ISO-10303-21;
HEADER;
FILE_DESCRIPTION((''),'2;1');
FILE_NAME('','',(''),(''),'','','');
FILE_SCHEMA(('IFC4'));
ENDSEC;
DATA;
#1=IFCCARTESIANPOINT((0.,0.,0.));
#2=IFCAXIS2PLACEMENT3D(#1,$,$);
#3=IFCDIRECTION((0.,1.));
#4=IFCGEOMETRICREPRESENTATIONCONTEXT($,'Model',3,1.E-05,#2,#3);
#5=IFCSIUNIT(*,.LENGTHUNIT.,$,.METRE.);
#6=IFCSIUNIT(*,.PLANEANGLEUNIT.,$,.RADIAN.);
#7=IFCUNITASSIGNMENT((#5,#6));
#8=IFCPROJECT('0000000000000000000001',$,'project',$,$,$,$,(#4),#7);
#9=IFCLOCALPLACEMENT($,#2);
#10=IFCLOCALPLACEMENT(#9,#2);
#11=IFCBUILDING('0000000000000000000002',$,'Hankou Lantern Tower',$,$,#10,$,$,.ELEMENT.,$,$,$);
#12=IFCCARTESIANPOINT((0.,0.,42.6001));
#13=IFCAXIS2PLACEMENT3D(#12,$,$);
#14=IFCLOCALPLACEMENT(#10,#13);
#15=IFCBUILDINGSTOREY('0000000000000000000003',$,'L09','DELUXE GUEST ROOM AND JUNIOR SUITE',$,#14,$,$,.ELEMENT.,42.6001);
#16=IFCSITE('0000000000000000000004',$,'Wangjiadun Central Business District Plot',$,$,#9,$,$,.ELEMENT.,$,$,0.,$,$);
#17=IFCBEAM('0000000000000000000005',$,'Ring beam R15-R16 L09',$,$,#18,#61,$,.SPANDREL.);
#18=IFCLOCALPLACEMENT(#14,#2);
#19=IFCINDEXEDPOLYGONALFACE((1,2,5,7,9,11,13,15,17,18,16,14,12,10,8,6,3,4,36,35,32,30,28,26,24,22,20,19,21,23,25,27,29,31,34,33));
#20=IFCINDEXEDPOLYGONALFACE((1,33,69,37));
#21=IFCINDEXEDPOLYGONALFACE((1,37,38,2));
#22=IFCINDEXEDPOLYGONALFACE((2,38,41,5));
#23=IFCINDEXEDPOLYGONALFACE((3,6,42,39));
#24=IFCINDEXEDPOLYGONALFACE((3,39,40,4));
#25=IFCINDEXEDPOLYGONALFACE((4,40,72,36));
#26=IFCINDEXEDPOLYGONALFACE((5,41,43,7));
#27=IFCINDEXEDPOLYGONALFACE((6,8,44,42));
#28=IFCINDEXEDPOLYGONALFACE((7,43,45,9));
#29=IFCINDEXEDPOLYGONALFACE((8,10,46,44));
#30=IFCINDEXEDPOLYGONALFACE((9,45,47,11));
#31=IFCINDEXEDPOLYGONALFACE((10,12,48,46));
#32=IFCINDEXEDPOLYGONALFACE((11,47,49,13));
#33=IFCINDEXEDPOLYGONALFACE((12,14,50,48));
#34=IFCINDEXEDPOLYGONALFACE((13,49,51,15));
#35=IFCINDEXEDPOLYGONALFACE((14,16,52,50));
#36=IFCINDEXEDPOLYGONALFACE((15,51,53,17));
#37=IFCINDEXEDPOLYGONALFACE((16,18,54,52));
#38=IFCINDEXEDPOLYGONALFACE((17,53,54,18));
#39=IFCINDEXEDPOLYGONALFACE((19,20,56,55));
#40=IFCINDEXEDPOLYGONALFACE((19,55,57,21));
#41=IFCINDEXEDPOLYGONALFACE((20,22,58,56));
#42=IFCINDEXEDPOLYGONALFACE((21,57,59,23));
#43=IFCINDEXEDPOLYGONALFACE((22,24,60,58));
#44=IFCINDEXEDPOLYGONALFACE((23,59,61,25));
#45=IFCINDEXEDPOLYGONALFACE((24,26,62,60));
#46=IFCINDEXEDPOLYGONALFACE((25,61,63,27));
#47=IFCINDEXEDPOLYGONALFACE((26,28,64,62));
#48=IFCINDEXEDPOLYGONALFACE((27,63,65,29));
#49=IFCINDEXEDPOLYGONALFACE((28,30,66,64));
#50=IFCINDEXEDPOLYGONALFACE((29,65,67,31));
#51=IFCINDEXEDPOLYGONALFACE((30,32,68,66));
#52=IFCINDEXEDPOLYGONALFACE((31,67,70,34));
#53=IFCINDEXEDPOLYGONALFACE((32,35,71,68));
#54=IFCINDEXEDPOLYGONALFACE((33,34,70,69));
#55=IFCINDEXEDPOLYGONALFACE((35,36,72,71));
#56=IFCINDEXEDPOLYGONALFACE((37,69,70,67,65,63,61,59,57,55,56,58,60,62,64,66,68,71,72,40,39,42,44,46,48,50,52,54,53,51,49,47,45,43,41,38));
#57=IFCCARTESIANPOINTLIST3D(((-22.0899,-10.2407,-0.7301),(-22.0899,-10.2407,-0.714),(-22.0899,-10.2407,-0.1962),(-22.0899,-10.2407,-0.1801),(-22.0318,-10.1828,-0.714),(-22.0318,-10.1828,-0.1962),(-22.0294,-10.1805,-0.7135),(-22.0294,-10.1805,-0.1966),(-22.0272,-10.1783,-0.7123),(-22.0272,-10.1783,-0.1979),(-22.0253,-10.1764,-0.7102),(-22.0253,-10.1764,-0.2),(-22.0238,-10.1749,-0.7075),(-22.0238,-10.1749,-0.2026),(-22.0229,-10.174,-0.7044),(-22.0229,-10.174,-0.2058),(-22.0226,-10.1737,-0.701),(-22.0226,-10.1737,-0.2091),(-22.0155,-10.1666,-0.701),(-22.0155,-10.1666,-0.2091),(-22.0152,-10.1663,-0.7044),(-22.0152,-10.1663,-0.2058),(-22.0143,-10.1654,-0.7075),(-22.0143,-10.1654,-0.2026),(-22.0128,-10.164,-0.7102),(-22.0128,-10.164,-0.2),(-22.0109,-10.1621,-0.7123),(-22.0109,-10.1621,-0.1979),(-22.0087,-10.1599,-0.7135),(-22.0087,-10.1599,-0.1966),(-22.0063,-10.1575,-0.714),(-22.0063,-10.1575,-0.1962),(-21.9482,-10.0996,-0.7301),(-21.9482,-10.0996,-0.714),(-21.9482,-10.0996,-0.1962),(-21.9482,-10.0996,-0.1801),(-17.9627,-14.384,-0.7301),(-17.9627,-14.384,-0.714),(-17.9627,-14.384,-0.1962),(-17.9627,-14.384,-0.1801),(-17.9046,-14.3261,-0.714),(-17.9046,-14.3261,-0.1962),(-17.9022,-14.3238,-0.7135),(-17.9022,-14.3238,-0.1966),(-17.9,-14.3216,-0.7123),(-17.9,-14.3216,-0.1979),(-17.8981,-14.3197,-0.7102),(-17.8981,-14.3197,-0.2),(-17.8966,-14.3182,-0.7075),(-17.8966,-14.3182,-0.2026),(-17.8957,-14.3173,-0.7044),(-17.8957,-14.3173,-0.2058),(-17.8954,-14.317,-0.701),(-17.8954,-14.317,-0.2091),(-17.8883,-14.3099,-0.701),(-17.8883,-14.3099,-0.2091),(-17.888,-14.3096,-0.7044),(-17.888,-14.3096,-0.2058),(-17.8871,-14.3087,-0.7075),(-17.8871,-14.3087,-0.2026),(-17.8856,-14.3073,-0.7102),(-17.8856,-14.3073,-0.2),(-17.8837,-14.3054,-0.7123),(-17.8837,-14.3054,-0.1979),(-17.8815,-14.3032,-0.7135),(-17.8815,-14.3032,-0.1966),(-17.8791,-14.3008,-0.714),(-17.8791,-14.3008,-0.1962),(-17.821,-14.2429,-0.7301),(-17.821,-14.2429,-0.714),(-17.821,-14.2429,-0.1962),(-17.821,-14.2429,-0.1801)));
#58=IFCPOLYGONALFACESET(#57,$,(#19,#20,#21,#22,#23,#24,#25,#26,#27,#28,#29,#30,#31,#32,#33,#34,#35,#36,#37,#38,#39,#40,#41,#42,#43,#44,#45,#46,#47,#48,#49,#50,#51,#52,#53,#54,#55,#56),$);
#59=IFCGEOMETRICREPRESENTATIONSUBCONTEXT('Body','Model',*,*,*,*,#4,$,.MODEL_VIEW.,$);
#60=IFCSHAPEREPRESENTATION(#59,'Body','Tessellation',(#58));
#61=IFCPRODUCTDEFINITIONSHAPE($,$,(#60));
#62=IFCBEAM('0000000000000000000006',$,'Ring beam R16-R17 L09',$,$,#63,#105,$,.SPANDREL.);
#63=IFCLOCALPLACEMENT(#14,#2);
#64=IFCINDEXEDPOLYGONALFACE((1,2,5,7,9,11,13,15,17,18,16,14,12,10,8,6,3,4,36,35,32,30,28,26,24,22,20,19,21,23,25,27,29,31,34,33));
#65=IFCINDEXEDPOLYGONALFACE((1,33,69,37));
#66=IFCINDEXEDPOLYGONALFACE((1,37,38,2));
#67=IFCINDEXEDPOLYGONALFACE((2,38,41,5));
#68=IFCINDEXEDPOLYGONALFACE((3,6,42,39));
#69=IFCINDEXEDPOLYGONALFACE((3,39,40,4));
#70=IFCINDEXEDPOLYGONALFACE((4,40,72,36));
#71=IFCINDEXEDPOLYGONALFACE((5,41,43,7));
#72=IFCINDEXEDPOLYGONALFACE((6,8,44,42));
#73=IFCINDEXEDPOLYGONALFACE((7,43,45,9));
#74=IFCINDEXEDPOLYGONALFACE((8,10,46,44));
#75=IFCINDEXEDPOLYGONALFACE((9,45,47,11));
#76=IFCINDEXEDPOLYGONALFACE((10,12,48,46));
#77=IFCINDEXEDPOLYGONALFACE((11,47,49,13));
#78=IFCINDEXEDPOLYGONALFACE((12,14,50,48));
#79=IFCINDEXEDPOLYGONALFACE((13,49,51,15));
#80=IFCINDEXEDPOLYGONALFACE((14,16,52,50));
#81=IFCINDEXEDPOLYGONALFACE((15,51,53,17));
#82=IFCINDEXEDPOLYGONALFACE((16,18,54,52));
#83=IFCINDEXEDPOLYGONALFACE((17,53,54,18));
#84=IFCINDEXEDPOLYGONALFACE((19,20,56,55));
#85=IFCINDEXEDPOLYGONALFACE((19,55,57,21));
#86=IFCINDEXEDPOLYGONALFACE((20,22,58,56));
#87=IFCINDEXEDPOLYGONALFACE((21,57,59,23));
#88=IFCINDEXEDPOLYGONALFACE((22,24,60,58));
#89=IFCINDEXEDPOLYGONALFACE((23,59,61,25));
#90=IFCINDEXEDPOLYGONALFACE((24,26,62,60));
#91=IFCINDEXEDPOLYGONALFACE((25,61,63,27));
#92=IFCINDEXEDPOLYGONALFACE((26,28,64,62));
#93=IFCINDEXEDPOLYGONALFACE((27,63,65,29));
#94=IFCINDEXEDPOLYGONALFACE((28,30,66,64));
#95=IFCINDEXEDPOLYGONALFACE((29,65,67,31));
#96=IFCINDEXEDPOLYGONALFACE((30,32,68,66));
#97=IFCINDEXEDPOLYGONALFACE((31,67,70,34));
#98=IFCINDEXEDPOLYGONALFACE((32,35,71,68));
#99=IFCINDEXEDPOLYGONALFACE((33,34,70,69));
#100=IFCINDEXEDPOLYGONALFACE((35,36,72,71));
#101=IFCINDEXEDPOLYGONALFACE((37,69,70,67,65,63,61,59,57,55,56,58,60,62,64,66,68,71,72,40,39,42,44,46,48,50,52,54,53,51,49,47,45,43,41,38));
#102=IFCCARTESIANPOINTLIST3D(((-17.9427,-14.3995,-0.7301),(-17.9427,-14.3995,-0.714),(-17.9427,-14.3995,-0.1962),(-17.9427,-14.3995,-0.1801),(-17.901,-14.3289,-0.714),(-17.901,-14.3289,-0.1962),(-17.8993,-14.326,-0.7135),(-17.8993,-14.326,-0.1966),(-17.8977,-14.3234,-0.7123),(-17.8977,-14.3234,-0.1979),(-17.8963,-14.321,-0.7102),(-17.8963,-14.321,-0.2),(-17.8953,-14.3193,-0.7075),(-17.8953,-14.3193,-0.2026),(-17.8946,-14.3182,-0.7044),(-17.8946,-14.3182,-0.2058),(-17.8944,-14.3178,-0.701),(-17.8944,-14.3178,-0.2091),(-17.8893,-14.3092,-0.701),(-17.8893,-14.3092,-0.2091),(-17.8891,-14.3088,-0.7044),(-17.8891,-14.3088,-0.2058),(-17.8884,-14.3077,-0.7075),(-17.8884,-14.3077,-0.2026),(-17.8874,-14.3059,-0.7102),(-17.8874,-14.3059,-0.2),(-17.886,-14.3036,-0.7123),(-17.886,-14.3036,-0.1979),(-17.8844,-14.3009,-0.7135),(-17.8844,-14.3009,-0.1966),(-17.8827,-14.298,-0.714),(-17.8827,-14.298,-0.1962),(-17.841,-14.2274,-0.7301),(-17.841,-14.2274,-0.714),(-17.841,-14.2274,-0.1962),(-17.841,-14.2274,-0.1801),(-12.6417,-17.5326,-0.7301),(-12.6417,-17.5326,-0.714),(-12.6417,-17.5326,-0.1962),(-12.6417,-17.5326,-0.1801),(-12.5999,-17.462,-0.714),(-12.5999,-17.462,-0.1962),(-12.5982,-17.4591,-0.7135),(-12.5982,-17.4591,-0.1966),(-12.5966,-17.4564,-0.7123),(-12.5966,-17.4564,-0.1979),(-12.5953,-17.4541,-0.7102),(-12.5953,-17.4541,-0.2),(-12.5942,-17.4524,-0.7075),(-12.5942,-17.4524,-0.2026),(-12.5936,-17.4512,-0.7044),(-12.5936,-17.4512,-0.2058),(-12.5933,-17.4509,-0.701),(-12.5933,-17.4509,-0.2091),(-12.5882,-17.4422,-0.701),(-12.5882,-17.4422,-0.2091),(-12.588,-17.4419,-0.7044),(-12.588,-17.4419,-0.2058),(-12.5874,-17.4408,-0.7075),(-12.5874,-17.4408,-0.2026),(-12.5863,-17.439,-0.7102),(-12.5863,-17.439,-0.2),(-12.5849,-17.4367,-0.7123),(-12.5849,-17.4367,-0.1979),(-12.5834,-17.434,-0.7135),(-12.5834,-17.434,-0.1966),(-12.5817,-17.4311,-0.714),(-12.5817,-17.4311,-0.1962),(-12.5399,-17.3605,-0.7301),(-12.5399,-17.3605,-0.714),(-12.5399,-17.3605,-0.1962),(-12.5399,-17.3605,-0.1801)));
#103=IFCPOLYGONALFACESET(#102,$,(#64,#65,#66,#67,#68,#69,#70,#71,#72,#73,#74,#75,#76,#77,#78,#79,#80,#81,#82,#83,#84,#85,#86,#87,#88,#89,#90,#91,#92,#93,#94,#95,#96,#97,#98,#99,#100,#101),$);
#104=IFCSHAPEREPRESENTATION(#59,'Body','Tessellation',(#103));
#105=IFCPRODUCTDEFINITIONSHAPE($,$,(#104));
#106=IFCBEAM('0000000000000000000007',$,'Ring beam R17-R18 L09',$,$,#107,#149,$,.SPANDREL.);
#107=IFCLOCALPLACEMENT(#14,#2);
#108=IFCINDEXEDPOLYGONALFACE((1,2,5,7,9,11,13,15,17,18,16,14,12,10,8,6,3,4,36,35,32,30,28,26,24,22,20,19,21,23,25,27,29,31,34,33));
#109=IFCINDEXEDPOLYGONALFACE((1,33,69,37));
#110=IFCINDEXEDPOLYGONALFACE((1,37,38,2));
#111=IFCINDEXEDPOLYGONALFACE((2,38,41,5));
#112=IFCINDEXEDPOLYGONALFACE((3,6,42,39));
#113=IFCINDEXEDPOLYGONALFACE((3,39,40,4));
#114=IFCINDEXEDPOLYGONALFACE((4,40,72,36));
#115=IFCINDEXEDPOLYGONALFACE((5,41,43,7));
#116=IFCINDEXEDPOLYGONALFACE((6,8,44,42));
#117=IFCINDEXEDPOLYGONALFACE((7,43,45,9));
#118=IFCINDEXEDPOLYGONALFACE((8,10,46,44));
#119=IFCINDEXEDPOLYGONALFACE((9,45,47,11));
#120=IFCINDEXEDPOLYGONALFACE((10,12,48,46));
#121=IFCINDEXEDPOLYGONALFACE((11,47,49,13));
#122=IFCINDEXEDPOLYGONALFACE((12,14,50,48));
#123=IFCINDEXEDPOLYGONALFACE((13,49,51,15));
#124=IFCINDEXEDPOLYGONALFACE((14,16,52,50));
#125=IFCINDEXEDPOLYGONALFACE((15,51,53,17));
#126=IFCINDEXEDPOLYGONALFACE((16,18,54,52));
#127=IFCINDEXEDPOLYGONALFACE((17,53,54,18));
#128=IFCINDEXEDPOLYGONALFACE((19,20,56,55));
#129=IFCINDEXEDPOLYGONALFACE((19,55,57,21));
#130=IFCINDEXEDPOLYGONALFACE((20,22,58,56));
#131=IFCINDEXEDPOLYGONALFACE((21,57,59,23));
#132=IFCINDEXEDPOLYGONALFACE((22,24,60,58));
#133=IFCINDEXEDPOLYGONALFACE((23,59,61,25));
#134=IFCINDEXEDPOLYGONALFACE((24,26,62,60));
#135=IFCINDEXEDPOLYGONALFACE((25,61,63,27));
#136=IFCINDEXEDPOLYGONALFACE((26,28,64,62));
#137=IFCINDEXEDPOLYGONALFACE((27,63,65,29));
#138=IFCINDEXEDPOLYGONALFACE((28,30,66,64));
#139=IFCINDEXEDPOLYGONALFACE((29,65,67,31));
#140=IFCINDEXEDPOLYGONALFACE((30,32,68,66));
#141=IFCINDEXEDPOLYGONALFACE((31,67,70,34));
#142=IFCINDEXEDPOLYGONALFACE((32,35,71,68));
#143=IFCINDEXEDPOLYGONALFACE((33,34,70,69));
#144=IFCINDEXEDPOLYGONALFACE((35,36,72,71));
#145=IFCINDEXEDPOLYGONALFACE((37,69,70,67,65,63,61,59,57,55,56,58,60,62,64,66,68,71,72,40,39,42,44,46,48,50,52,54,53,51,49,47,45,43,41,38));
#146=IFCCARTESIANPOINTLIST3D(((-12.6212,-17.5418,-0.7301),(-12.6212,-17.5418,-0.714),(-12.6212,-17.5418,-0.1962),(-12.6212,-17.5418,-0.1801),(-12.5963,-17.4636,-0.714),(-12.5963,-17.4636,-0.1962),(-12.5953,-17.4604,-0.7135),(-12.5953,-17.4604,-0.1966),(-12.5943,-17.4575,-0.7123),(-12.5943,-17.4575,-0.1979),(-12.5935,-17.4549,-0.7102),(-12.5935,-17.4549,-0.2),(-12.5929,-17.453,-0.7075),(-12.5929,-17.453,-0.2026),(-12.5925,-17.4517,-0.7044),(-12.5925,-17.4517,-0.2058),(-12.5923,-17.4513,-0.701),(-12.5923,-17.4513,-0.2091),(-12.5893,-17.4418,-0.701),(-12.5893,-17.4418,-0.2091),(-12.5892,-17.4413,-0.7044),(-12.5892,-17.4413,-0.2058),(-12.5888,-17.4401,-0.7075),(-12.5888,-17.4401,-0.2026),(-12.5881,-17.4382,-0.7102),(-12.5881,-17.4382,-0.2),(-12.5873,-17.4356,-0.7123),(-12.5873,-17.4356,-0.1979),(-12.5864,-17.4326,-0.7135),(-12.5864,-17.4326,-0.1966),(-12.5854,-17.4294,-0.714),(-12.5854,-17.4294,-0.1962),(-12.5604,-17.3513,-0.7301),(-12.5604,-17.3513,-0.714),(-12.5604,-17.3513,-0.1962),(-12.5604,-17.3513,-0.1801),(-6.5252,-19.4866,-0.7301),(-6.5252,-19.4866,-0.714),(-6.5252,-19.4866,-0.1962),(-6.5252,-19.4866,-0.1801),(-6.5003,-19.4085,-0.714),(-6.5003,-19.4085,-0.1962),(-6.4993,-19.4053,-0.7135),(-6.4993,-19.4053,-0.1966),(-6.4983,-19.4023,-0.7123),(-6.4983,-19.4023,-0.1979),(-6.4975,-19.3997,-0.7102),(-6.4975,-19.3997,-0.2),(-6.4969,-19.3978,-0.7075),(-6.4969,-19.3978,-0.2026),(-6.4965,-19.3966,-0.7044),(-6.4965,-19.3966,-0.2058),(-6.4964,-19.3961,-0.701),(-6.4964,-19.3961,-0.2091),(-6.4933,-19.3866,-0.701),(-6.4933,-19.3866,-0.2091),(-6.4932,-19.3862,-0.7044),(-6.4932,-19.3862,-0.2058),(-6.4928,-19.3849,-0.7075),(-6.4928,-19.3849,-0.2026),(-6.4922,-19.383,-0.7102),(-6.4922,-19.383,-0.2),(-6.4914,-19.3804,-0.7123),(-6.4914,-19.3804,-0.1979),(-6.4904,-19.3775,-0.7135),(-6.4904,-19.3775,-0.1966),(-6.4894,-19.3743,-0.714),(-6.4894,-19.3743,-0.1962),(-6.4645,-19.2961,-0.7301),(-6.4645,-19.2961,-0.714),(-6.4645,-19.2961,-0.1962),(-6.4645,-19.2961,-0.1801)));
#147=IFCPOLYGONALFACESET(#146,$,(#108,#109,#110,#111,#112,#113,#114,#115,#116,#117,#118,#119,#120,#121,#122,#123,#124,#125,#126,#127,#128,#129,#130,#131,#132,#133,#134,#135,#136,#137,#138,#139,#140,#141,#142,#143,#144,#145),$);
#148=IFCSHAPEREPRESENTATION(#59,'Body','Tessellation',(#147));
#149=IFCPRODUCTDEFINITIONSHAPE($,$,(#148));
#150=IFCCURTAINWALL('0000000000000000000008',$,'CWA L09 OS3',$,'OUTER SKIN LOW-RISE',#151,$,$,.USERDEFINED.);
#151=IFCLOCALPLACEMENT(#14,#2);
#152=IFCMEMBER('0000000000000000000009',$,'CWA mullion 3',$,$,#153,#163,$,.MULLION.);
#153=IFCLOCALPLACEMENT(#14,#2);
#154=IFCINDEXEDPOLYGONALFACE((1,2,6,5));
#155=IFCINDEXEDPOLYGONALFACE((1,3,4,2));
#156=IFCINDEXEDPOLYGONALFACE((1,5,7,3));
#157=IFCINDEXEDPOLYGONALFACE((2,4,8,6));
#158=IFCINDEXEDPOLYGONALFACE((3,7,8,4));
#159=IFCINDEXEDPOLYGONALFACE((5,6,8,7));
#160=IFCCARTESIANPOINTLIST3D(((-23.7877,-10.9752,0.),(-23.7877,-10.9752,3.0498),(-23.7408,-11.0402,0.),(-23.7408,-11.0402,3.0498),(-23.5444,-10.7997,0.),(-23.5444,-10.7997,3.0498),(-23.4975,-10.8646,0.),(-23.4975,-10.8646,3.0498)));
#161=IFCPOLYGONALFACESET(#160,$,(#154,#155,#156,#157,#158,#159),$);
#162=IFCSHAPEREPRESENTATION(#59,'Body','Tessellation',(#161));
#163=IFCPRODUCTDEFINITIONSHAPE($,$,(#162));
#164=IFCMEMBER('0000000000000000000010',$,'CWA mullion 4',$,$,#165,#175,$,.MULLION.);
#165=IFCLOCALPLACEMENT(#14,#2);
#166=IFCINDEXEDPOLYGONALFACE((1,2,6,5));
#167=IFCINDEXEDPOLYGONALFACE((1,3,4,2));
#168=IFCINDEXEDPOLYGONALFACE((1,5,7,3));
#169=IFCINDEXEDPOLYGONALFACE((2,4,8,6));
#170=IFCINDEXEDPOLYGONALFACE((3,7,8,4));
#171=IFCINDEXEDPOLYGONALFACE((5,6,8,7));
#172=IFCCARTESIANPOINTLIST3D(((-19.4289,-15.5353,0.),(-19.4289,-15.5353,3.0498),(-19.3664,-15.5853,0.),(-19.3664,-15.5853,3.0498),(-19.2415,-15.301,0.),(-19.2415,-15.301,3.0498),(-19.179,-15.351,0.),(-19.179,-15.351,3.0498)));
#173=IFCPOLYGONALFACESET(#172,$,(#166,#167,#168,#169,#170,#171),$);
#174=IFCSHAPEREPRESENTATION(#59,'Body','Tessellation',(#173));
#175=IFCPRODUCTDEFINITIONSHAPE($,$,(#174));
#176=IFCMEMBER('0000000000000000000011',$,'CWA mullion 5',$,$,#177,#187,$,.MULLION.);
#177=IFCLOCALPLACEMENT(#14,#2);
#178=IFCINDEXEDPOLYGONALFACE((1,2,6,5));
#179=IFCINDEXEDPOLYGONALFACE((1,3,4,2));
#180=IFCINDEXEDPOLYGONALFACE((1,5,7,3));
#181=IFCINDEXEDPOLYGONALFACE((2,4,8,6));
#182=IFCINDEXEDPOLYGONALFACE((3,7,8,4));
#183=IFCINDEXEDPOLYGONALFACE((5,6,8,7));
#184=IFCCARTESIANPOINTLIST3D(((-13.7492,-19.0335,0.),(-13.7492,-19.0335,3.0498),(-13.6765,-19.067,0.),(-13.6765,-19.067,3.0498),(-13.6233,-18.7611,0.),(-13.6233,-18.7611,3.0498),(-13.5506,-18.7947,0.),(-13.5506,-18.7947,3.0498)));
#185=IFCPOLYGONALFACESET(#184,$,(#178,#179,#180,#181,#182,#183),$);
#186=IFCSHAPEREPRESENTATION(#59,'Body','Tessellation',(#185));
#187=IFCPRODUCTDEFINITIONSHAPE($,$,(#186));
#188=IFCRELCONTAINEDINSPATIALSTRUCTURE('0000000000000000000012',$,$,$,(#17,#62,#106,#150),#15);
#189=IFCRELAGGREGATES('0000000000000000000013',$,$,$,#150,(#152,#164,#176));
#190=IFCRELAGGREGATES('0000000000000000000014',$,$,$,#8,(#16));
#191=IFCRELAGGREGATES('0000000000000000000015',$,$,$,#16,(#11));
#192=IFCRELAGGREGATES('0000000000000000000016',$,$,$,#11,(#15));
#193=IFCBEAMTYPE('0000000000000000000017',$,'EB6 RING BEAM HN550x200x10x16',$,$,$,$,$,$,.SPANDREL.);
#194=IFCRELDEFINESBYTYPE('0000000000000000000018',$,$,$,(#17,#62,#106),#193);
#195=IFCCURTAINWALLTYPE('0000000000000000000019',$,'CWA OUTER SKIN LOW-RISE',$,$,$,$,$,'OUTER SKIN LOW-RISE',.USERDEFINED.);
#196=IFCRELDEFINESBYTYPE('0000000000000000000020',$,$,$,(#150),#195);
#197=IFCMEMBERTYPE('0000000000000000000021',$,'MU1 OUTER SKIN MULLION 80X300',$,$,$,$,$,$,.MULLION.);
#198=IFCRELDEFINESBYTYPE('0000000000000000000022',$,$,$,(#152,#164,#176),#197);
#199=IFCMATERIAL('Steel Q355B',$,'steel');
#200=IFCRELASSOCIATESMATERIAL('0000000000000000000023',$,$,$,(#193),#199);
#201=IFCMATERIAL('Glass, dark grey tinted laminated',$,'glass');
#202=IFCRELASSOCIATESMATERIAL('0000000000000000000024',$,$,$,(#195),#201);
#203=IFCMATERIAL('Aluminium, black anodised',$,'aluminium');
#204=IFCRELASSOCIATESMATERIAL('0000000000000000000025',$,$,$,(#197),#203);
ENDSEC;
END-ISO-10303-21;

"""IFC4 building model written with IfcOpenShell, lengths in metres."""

from ifc_helpers import new_model, si_unit, direction, frame, origin, origin_2d, place, context, subcontext, project, spatial, rectangle, i_section, extrude, material, material_profile, profile_set, type_object, element, aggregate, save


model = new_model("IFC4")

# Units and contexts
model_context = context("Model", 3, precision=1e-05, world=origin(), true_north=direction((0.0, 1.0)))
body_context = subcontext(model_context, "Body", "Model", "MODEL_VIEW")
ifc_project = project(units=[si_unit("LENGTHUNIT", "METRE"), si_unit("PLANEANGLEUNIT", "RADIAN")], contexts=[model_context])

# Site, building, storey
site_placement = place(None, origin())
site = spatial("IfcSite", under=ifc_project, at=site_placement, Name="Wangjiadun Central Business District Plot", CompositionType="ELEMENT", RefElevation=0.0)
building_placement = place(site_placement, origin())
building = spatial("IfcBuilding", under=site, at=building_placement, Name="Hankou Lantern Tower", CompositionType="ELEMENT")
storey_placement = place(building_placement, frame((0.0, 0.0, 42.6001)))
storey = spatial("IfcBuildingStorey", under=building, at=storey_placement, Name="L09", Description="DELUXE GUEST ROOM AND JUNIOR SUITE", CompositionType="ELEMENT", Elevation=42.6001)

# Beams
ifc_material_1 = material(Name="Steel Q355B", Category="steel")
ifc_material_profile_1 = material_profile(ifc_material_1, i_section(OverallWidth=0.2, OverallDepth=0.55, WebThickness=0.01, FlangeThickness=0.0161, FilletRadius=0.0129, at=origin_2d()), Name="HN550x200x10x16")
ifc_profile_set_1 = profile_set([ifc_material_profile_1], Name="Steel Q355B")
beam_type_1 = type_object("IfcBeamType", Name="EB6 RING BEAM HN550x200x10x16", PredefinedType="SPANDREL", material=ifc_profile_set_1)
beam_1_placement = place(storey_placement, frame((-22.019, -10.1702, -0.4551), z_axis=(0.705728, -0.708483, 0.0), x_axis=(0.708483, 0.705728, 0.0)))
element("IfcBeam", 1, at=beam_1_placement, inside=storey, type_object=beam_type_1, Name="Ring beam R15-R16 L09", PredefinedType="SPANDREL", context=body_context, shape_type="SweptSolid", body=[
    extrude(i_section(OverallWidth=0.2, OverallDepth=0.55, WebThickness=0.01, FlangeThickness=0.0161, FilletRadius=0.0129, at=origin_2d()), origin(), (0.0, 0.0, 1.0), 5.8481),
])
beam_2_placement = place(storey_placement, frame((-17.8918, -14.3135, -0.4551), z_axis=(0.860882, -0.508805, 0.0), x_axis=(0.508805, 0.860882, 0.0)))
element("IfcBeam", 2, at=beam_2_placement, inside=storey, type_object=beam_type_1, Name="Ring beam R16-R17 L09", PredefinedType="SPANDREL", context=body_context, shape_type="SweptSolid", body=[
    extrude(i_section(OverallWidth=0.2, OverallDepth=0.55, WebThickness=0.01, FlangeThickness=0.0161, FilletRadius=0.0129, at=origin_2d()), origin(), (0.0, 0.0, 1.0), 6.1577),
])
beam_3_placement = place(storey_placement, frame((-12.5908, -17.4465, -0.4551), z_axis=(0.95269, -0.303942, 0.0), x_axis=(0.303942, 0.95269, 0.0)))
element("IfcBeam", 3, at=beam_3_placement, inside=storey, type_object=beam_type_1, Name="Ring beam R17-R18 L09", PredefinedType="SPANDREL", context=body_context, shape_type="SweptSolid", body=[
    extrude(i_section(OverallWidth=0.2, OverallDepth=0.55, WebThickness=0.01, FlangeThickness=0.0161, FilletRadius=0.0129, at=origin_2d()), origin(), (0.0, 0.0, 1.0), 6.3987),
])

# Curtain wall, members
ifc_material_2 = material(Name="Glass, dark grey tinted laminated", Category="glass")
curtain_wall_type = type_object("IfcCurtainWallType", Name="CWA OUTER SKIN LOW-RISE", ElementType="OUTER SKIN LOW-RISE", PredefinedType="USERDEFINED", material=ifc_material_2)
curtain_wall_placement = place(storey_placement, origin())
curtain_wall = element("IfcCurtainWall", 4, at=curtain_wall_placement, inside=storey, type_object=curtain_wall_type, Name="CWA L09 OS3", ObjectType="OUTER SKIN LOW-RISE", PredefinedType="USERDEFINED")
ifc_material_3 = material(Name="Aluminium, black anodised", Category="aluminium")
ifc_material_profile_2 = material_profile(ifc_material_3, rectangle(XDim=0.0801, YDim=0.3, at=origin_2d()), Name="MU1 80X300")
ifc_profile_set_2 = profile_set([ifc_material_profile_2], Name="Aluminium, black anodised")
member_type_1 = type_object("IfcMemberType", Name="MU1 OUTER SKIN MULLION 80X300", PredefinedType="MULLION", material=ifc_profile_set_2)
member_1_placement = place(storey_placement, frame((-23.6426, -10.9199, 0.0), z_axis=(0.0, 0.0, 1.0), x_axis=(0.585206, -0.810885, 0.0)))
member_1 = element("IfcMember", 5, at=member_1_placement, type_object=member_type_1, Name="CWA mullion 3", PredefinedType="MULLION", context=body_context, shape_type="SweptSolid", body=[
    extrude(rectangle(XDim=0.0801, YDim=0.3, at=origin_2d()), origin(), (0.0, 0.0, 1.0), 3.0498),
])
member_2_placement = place(storey_placement, frame((-19.304, -15.4431, 0.0), z_axis=(0.0, 0.0, 1.0), x_axis=(0.780869, -0.624695, 0.0)))
member_2 = element("IfcMember", 6, at=member_2_placement, type_object=member_type_1, Name="CWA mullion 4", PredefinedType="MULLION", context=body_context, shape_type="SweptSolid", body=[
    extrude(rectangle(XDim=0.0801, YDim=0.3, at=origin_2d()), origin(), (0.0, 0.0, 1.0), 3.0498),
])
member_3_placement = place(storey_placement, frame((-13.6499, -18.9141, 0.0), z_axis=(0.0, 0.0, 1.0), x_axis=(0.907841, -0.419314, 0.0)))
member_3 = element("IfcMember", 7, at=member_3_placement, type_object=member_type_1, Name="CWA mullion 5", PredefinedType="MULLION", context=body_context, shape_type="SweptSolid", body=[
    extrude(rectangle(XDim=0.0801, YDim=0.3, at=origin_2d()), origin(), (0.0, 0.0, 1.0), 3.0498),
])

aggregate(curtain_wall, [member_1, member_2, member_3])

save(model, "model.ifc")
